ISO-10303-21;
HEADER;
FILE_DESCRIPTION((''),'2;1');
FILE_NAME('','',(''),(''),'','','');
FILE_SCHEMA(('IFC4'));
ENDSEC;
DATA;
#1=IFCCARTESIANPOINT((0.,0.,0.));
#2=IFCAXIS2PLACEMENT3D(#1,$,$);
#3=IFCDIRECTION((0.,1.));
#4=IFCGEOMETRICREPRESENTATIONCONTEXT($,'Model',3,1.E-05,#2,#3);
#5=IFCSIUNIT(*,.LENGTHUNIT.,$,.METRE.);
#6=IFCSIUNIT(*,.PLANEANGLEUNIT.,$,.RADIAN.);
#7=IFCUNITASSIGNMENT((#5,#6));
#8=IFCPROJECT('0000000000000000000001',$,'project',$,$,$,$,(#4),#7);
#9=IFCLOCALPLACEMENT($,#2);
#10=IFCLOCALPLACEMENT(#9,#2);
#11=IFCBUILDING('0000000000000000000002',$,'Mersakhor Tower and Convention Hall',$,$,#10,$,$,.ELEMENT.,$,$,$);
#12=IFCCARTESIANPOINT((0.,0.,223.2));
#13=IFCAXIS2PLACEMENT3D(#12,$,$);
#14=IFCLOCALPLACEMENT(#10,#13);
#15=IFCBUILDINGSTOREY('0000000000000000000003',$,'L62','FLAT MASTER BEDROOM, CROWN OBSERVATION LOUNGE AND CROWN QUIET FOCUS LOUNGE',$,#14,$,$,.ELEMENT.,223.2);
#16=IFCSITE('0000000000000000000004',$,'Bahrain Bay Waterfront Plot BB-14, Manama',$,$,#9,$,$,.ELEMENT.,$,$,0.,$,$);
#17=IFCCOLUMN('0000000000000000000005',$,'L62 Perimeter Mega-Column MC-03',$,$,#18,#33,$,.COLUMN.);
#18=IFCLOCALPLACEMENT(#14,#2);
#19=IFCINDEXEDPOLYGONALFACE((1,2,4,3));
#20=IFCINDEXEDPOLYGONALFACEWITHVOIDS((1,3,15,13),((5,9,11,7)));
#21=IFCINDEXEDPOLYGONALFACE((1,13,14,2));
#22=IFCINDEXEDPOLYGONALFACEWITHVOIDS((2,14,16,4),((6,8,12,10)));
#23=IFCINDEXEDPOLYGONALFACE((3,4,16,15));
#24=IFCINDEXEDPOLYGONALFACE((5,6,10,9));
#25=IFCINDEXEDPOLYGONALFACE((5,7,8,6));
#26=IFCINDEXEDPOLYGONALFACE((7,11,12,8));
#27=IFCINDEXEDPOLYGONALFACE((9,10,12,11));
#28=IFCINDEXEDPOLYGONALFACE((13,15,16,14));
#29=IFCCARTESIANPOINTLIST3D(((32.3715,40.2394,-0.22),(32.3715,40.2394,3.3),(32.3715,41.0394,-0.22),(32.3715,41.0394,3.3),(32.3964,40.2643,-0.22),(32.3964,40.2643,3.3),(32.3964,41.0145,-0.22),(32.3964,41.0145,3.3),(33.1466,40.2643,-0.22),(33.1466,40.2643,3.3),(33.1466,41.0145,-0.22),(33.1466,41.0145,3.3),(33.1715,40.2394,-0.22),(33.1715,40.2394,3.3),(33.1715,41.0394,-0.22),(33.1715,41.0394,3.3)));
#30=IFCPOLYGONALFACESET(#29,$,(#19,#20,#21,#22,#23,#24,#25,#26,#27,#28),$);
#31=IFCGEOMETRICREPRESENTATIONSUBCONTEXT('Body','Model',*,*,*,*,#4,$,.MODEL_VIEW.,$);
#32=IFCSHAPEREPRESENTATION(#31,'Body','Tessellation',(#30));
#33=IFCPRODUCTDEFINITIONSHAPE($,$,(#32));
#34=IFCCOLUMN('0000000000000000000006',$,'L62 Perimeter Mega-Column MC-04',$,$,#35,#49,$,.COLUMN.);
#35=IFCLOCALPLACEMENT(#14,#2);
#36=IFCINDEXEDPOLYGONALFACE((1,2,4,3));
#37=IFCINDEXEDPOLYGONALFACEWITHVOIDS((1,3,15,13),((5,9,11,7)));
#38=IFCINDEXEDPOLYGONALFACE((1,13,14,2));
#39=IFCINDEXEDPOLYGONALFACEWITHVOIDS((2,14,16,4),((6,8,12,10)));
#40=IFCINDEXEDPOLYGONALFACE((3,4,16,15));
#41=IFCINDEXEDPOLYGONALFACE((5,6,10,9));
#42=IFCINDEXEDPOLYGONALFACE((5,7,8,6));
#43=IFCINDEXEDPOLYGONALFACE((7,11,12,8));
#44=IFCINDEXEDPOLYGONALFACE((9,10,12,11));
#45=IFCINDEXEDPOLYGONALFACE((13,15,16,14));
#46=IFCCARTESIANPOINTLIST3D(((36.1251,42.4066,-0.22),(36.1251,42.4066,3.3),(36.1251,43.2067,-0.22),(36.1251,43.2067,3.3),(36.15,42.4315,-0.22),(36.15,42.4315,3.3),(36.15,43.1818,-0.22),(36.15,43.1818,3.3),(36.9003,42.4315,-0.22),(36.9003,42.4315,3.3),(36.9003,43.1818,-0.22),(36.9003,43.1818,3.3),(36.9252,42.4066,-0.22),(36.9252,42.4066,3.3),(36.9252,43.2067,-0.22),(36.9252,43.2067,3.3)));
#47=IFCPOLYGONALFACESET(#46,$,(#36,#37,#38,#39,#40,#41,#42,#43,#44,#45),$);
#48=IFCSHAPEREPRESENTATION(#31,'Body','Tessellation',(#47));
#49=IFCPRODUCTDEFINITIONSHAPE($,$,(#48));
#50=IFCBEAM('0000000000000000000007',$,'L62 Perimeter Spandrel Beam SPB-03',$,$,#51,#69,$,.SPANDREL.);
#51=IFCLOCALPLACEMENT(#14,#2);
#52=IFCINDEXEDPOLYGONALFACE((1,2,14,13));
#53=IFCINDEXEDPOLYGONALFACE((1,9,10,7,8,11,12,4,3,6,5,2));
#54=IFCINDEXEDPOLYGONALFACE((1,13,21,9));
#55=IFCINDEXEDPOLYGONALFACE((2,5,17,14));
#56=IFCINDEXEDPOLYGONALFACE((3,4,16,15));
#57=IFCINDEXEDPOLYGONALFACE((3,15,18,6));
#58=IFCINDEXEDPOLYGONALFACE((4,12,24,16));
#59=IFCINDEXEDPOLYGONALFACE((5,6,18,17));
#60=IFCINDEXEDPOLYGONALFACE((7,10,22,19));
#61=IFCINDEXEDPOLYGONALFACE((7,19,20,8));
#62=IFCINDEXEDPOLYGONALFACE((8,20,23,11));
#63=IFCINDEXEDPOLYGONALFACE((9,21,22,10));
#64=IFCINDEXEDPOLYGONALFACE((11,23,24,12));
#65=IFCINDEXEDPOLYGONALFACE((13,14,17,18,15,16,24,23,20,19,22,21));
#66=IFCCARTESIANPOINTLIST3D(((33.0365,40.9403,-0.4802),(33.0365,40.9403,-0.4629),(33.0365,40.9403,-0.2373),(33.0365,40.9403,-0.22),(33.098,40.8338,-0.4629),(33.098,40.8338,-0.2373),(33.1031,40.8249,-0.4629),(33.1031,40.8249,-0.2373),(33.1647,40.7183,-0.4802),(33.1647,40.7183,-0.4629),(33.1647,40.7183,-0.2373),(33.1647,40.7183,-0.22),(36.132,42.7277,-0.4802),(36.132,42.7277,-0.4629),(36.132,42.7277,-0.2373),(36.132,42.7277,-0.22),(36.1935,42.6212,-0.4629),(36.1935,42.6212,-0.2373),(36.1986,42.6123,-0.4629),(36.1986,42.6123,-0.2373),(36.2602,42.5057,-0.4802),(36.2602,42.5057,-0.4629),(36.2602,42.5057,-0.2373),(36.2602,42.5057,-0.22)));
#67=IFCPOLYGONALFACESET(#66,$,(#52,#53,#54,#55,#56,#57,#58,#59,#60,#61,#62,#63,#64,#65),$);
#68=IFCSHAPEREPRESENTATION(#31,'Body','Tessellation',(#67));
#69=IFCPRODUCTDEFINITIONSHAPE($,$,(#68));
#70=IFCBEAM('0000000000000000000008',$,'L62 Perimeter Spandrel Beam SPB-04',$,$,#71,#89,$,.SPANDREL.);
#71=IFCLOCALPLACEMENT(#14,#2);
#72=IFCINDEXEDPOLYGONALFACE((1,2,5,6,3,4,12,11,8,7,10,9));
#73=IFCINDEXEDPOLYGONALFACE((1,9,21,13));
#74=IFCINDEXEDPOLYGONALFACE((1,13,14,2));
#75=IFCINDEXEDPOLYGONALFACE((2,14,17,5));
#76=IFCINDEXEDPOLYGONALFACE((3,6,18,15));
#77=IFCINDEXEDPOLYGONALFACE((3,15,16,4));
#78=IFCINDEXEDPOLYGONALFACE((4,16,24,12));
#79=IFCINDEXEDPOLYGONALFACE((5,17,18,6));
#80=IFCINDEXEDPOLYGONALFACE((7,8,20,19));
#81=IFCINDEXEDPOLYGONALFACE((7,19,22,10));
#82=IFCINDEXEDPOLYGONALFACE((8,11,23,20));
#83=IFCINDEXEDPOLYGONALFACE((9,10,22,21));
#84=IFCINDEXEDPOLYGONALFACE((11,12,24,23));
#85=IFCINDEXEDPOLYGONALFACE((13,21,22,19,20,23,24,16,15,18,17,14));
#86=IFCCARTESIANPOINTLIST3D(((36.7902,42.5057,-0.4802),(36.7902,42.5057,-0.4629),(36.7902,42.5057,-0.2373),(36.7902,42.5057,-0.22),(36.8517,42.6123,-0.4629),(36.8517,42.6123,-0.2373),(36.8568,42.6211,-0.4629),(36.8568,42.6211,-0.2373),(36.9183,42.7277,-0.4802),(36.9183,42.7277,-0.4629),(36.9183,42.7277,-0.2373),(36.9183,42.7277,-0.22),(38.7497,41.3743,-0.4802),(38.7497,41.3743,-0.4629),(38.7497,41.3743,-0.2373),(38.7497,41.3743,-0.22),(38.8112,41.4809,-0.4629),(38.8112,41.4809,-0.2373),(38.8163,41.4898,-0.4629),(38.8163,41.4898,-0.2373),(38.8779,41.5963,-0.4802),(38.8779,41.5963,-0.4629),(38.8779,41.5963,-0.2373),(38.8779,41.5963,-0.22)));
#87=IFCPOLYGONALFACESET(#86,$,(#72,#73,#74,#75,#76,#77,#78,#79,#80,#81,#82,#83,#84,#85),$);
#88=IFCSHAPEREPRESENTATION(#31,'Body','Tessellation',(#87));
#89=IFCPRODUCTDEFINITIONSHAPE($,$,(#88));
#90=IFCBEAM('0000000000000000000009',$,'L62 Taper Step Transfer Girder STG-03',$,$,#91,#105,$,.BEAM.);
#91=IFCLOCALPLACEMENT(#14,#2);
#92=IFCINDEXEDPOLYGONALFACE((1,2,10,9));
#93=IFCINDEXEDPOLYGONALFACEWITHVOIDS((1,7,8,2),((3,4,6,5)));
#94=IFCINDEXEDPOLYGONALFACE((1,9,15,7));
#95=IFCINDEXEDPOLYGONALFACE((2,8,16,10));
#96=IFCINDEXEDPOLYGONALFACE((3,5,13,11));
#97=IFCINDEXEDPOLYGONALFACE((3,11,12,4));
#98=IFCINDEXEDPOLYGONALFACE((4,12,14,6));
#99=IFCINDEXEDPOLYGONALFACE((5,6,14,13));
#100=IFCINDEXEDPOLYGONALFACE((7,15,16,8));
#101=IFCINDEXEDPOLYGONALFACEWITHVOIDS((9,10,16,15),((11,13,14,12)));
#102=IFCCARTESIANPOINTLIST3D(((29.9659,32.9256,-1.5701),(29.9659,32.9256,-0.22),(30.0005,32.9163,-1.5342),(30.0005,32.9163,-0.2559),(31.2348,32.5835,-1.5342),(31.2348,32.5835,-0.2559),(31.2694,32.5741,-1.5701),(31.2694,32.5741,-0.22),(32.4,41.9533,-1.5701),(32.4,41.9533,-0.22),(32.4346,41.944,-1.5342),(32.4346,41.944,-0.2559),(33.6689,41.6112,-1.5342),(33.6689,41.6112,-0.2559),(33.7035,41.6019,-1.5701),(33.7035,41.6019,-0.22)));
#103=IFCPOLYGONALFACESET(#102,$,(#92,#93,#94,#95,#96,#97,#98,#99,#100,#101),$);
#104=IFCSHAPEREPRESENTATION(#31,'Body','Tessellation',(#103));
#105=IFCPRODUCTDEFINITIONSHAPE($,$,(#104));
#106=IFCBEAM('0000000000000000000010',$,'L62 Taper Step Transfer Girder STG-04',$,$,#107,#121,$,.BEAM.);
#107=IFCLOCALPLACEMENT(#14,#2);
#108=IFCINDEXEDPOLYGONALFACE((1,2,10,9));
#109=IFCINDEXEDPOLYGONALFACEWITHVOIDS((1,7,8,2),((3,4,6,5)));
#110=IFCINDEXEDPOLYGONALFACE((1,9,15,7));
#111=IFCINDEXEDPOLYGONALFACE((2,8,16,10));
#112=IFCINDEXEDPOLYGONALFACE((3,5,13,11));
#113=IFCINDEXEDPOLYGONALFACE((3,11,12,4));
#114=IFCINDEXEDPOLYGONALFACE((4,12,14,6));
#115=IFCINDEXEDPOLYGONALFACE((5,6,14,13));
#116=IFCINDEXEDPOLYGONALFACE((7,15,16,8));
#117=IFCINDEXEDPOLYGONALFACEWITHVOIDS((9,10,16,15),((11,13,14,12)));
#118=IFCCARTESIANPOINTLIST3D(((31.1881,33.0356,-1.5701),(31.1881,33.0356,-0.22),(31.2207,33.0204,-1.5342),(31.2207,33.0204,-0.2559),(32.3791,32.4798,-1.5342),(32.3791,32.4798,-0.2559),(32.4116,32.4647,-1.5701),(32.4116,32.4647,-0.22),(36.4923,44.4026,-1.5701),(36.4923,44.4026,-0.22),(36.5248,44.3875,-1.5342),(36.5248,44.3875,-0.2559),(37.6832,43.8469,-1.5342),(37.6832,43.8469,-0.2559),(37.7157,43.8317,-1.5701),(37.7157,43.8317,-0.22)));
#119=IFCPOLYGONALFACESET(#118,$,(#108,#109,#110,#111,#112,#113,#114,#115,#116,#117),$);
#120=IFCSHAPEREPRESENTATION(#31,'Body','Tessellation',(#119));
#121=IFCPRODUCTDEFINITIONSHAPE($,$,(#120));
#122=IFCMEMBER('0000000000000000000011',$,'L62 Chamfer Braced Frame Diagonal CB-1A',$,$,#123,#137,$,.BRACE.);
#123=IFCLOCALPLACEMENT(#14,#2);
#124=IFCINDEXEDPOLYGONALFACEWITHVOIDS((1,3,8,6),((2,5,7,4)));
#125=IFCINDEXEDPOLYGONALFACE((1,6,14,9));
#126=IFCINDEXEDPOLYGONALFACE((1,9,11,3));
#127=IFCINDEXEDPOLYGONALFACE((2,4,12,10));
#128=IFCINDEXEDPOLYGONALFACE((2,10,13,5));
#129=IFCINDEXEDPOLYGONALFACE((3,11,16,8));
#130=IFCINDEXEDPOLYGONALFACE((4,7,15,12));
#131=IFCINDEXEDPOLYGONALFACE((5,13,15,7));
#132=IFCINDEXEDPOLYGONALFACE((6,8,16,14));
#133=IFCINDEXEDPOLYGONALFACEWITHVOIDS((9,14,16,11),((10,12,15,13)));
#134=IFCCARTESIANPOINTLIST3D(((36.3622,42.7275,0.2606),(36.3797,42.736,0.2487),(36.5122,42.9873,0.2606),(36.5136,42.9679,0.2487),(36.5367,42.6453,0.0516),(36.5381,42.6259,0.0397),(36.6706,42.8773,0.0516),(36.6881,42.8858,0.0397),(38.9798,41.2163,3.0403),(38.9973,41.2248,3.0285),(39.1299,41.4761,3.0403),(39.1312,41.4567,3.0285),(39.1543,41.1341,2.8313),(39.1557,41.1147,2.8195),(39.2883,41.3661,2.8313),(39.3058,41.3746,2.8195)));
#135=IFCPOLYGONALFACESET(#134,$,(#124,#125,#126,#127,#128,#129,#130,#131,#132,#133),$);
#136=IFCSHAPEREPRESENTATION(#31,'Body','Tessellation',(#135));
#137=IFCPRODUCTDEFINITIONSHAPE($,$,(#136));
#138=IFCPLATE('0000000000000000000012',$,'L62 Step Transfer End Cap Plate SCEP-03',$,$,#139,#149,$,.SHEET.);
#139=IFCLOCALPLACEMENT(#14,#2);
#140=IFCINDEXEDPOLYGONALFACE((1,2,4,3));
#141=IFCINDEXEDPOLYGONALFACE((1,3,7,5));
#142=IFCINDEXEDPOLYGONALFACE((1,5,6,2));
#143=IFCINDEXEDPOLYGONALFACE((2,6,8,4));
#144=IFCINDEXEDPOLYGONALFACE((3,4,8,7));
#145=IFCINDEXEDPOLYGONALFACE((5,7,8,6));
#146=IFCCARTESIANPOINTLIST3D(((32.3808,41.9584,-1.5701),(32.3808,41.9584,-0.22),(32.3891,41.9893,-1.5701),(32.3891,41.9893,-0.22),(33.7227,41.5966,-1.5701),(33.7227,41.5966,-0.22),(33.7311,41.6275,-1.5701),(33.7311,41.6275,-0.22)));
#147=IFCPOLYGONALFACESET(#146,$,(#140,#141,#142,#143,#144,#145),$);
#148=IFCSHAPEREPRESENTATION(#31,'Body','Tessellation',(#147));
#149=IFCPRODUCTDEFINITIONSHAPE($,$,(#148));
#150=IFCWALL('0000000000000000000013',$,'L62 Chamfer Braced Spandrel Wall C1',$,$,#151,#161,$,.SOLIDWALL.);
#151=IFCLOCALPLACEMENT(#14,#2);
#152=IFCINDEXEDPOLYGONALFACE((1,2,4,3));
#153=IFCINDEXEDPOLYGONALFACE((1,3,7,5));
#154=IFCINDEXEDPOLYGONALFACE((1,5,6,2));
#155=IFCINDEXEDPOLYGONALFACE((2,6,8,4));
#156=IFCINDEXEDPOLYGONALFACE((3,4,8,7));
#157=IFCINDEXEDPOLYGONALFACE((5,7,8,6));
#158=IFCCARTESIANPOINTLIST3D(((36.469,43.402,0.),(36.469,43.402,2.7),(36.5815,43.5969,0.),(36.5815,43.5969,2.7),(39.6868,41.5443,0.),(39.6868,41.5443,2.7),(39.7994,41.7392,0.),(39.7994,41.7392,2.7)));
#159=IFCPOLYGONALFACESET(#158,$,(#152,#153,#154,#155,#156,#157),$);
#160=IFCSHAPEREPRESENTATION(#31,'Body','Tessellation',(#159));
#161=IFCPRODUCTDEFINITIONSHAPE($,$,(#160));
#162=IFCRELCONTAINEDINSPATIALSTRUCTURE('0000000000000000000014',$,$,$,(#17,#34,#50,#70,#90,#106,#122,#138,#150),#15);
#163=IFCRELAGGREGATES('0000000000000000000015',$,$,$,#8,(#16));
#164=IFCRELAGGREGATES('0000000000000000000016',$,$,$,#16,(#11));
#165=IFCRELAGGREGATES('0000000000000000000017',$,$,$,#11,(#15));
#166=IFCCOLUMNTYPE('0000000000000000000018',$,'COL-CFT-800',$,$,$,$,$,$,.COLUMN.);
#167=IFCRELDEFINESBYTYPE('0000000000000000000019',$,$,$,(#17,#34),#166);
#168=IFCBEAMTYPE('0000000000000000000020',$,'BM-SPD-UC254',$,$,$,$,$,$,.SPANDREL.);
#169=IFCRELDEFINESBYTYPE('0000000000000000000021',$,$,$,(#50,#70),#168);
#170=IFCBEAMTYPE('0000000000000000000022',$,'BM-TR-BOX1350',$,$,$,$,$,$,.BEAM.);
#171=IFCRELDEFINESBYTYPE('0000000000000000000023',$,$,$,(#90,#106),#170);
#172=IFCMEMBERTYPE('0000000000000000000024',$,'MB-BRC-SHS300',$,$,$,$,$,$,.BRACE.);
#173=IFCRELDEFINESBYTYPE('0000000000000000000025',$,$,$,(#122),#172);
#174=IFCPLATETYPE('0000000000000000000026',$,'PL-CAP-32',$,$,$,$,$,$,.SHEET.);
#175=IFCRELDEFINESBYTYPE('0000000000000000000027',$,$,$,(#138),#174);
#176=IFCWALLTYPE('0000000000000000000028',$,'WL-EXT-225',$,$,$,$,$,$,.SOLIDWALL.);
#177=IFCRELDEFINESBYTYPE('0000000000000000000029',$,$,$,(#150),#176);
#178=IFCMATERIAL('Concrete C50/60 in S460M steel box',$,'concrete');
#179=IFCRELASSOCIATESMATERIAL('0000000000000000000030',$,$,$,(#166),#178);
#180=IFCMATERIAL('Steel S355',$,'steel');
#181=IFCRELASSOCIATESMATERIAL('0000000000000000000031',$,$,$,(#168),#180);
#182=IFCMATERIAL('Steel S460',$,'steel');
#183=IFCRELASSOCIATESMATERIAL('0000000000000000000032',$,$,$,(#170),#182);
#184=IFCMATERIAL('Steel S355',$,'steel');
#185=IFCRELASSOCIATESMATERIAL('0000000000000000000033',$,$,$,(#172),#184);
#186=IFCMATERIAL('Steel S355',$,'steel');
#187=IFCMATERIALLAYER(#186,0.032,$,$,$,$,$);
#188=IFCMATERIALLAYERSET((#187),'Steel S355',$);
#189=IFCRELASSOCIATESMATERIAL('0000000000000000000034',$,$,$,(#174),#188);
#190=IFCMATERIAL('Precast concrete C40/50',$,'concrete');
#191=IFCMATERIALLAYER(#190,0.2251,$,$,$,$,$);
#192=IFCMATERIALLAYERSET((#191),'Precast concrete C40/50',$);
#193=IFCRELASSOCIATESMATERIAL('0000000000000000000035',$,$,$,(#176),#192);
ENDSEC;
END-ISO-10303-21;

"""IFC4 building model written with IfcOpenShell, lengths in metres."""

from ifc_helpers import new_model, si_unit, direction, frame, frame_2d, origin, origin_2d, place, context, subcontext, project, spatial, rectangle, hollow_rectangle, i_section, extrude, material, layer, layer_set, material_profile, profile_set, type_object, element, save


model = new_model("IFC4")

# Units and contexts
model_context = context("Model", 3, precision=1e-05, world=origin(), true_north=direction((0.0, 1.0)))
body_context = subcontext(model_context, "Body", "Model", "MODEL_VIEW")
ifc_project = project(units=[si_unit("LENGTHUNIT", "METRE"), si_unit("PLANEANGLEUNIT", "RADIAN")], contexts=[model_context])

# Site, building, storey
site_placement = place(None, origin())
site = spatial("IfcSite", under=ifc_project, at=site_placement, Name="Bahrain Bay Waterfront Plot BB-14, Manama", CompositionType="ELEMENT", RefElevation=0.0)
building_placement = place(site_placement, origin())
building = spatial("IfcBuilding", under=site, at=building_placement, Name="Mersakhor Tower and Convention Hall", CompositionType="ELEMENT")
storey_placement = place(building_placement, frame((0.0, 0.0, 223.2)))
storey = spatial("IfcBuildingStorey", under=building, at=storey_placement, Name="L62", Description="FLAT MASTER BEDROOM, CROWN OBSERVATION LOUNGE AND CROWN QUIET FOCUS LOUNGE", CompositionType="ELEMENT", Elevation=223.2)

# Columns
ifc_material_1 = material(Name="Concrete C50/60 in S460M steel box", Category="concrete")
ifc_material_profile_1 = material_profile(ifc_material_1, hollow_rectangle(XDim=0.8, YDim=0.8, WallThickness=0.0249, at=origin_2d()), Name="SHS 800x800x25")
ifc_profile_set_1 = profile_set([ifc_material_profile_1], Name="Concrete C50/60 in S460M steel box")
column_type = type_object("IfcColumnType", Name="COL-CFT-800", PredefinedType="COLUMN", material=ifc_profile_set_1)
for number, where, z_axis, x_axis, name in (
    (1, (32.7715, 40.6394, -0.22), (0.0, 0.0, 1.0), (1.0, 0.0, 0.0), "L62 Perimeter Mega-Column MC-03"),
    (2, (36.5251, 42.8066, -0.22), (0.0, 0.0, 1.0), (1.0, 0.0, 0.0), "L62 Perimeter Mega-Column MC-04"),
):
    element("IfcColumn", number, at=place(storey_placement, frame(where, z_axis=z_axis, x_axis=x_axis)), inside=storey, type_object=column_type, Name=name, PredefinedType="COLUMN", context=body_context, shape_type="SweptSolid", body=[
        extrude(hollow_rectangle(XDim=0.8, YDim=0.8, WallThickness=0.0249, at=origin_2d()), origin(), (0.0, 0.0, 1.0), 3.52),
    ])

# Beams
ifc_material_2 = material(Name="Steel S355", Category="steel")
ifc_material_profile_2 = material_profile(ifc_material_2, i_section(OverallWidth=0.2563, OverallDepth=0.2603, WebThickness=0.0103, FlangeThickness=0.0173, at=origin_2d()), Name="UC 254x254x89")
ifc_profile_set_2 = profile_set([ifc_material_profile_2], Name="Steel S355")
beam_type_1 = type_object("IfcBeamType", Name="BM-SPD-UC254", PredefinedType="SPANDREL", material=ifc_profile_set_2)
beam_1_placement = place(storey_placement, frame((33.1006, 40.8293, -0.3501), z_axis=(0.866002, 0.50004, 0.0), x_axis=(-0.50004, 0.866002, 0.0)))
element("IfcBeam", 3, at=beam_1_placement, inside=storey, type_object=beam_type_1, Name="L62 Perimeter Spandrel Beam SPB-03", PredefinedType="SPANDREL", context=body_context, shape_type="SweptSolid", body=[
    extrude(i_section(OverallWidth=0.2563, OverallDepth=0.2603, WebThickness=0.0103, FlangeThickness=0.0173, at=origin_2d()), origin(), (0.0, 0.0, 1.0), 3.5745),
])
beam_2_placement = place(storey_placement, frame((36.8542, 42.6167, -0.3501), z_axis=(0.866017, -0.500015, 0.0), x_axis=(0.500015, 0.866017, 0.0)))
element("IfcBeam", 4, at=beam_2_placement, inside=storey, type_object=beam_type_1, Name="L62 Perimeter Spandrel Beam SPB-04", PredefinedType="SPANDREL", context=body_context, shape_type="SweptSolid", body=[
    extrude(i_section(OverallWidth=0.2563, OverallDepth=0.2603, WebThickness=0.0103, FlangeThickness=0.0173, at=origin_2d()), origin(), (0.0, 0.0, 1.0), 2.2627),
])
ifc_material_3 = material(Name="Steel S460", Category="steel")
ifc_material_profile_3 = material_profile(ifc_material_3, hollow_rectangle(XDim=1.3501, YDim=1.3501, WallThickness=0.0359, at=origin_2d()), Name="SHS 1350x1350x36")
ifc_profile_set_3 = profile_set([ifc_material_profile_3], Name="Steel S460")
beam_type_2 = type_object("IfcBeamType", Name="BM-TR-BOX1350", PredefinedType="BEAM", material=ifc_profile_set_3)
beam_3_placement = place(storey_placement, frame((33.0518, 41.7776, -0.895), z_axis=(-0.26033, -0.96552, 0.0), x_axis=(0.96552, -0.26033, 0.0)))
element("IfcBeam", 5, at=beam_3_placement, inside=storey, type_object=beam_type_2, Name="L62 Taper Step Transfer Girder STG-03", PredefinedType="BEAM", context=body_context, shape_type="SweptSolid", body=[
    extrude(hollow_rectangle(XDim=1.3501, YDim=1.3501, WallThickness=0.0359, at=origin_2d()), origin(), (0.0, 0.0, 1.0), 9.3501),
])
beam_4_placement = place(storey_placement, frame((37.104, 44.1172, -0.895), z_axis=(-0.422854, -0.906198, 0.0), x_axis=(0.906198, -0.422854, 0.0)))
element("IfcBeam", 6, at=beam_4_placement, inside=storey, type_object=beam_type_2, Name="L62 Taper Step Transfer Girder STG-04", PredefinedType="BEAM", context=body_context, shape_type="SweptSolid", body=[
    extrude(hollow_rectangle(XDim=1.3501, YDim=1.3501, WallThickness=0.0359, at=origin_2d()), origin(), (0.0, 0.0, 1.0), 12.5437),
])

# Member
ifc_material_4 = material(Name="Steel S355", Category="steel")
ifc_material_profile_4 = material_profile(ifc_material_4, hollow_rectangle(XDim=0.3, YDim=0.3, WallThickness=0.0161, at=origin_2d()), Name="SHS 300x300x16")
ifc_profile_set_4 = profile_set([ifc_material_profile_4], Name="Steel S355")
member_type = type_object("IfcMemberType", Name="MB-BRC-SHS300", PredefinedType="BRACE", material=ifc_profile_set_4)
member_placement = place(storey_placement, frame((36.5251, 42.8066, 0.1501), z_axis=(0.637449, -0.36801, 0.676925), x_axis=(0.499979, 0.866038, 0.0)))
element("IfcMember", 7, at=member_placement, inside=storey, type_object=member_type, Name="L62 Chamfer Braced Frame Diagonal CB-1A", PredefinedType="BRACE", context=body_context, shape_type="SweptSolid", body=[
    extrude(hollow_rectangle(XDim=0.3, YDim=0.3, WallThickness=0.0161, at=origin_2d()), origin(), (0.0, 0.0, 1.0), 4.1064),
])

# Plate
ifc_material_5 = material(Name="Steel S355", Category="steel")
ifc_layer_1 = layer(ifc_material_5, 0.032)
ifc_layer_set_1 = layer_set([ifc_layer_1], Name="Steel S355")
plate_type = type_object("IfcPlateType", Name="PL-CAP-32", PredefinedType="SHEET", material=ifc_layer_set_1)
plate_placement = place(storey_placement, frame((33.0559, 41.793, -1.5701), z_axis=(0.0, 0.0, 1.0), x_axis=(-0.260336, -0.965518, 0.0)))
element("IfcPlate", 8, at=plate_placement, inside=storey, type_object=plate_type, Name="L62 Step Transfer End Cap Plate SCEP-03", PredefinedType="SHEET", context=body_context, shape_type="SweptSolid", body=[
    extrude(rectangle(XDim=0.032, YDim=1.3899, at=origin_2d()), origin(), (0.0, 0.0, 1.0), 1.3501),
])

# Wall
ifc_material_6 = material(Name="Precast concrete C40/50", Category="concrete")
ifc_layer_2 = layer(ifc_material_6, 0.2251)
ifc_layer_set_2 = layer_set([ifc_layer_2], Name="Precast concrete C40/50")
wall_type_1 = type_object("IfcWallType", Name="WL-EXT-225", PredefinedType="SOLIDWALL", material=ifc_layer_set_2)
wall_1_placement = place(storey_placement, frame((36.5251, 43.4995, 0.0), z_axis=(0.0, 0.0, 1.0), x_axis=(0.866039, -0.499977, 0.0)))
element("IfcWall", 9, at=wall_1_placement, inside=storey, type_object=wall_type_1, Name="L62 Chamfer Braced Spandrel Wall C1", PredefinedType="SOLIDWALL", context=body_context, shape_type="SweptSolid", body=[
    extrude(rectangle(XDim=3.7156, YDim=0.2251, at=frame_2d((1.8579, 0.0))), origin(), (0.0, 0.0, 1.0), 2.7),
])

save(model, "model.ifc")
